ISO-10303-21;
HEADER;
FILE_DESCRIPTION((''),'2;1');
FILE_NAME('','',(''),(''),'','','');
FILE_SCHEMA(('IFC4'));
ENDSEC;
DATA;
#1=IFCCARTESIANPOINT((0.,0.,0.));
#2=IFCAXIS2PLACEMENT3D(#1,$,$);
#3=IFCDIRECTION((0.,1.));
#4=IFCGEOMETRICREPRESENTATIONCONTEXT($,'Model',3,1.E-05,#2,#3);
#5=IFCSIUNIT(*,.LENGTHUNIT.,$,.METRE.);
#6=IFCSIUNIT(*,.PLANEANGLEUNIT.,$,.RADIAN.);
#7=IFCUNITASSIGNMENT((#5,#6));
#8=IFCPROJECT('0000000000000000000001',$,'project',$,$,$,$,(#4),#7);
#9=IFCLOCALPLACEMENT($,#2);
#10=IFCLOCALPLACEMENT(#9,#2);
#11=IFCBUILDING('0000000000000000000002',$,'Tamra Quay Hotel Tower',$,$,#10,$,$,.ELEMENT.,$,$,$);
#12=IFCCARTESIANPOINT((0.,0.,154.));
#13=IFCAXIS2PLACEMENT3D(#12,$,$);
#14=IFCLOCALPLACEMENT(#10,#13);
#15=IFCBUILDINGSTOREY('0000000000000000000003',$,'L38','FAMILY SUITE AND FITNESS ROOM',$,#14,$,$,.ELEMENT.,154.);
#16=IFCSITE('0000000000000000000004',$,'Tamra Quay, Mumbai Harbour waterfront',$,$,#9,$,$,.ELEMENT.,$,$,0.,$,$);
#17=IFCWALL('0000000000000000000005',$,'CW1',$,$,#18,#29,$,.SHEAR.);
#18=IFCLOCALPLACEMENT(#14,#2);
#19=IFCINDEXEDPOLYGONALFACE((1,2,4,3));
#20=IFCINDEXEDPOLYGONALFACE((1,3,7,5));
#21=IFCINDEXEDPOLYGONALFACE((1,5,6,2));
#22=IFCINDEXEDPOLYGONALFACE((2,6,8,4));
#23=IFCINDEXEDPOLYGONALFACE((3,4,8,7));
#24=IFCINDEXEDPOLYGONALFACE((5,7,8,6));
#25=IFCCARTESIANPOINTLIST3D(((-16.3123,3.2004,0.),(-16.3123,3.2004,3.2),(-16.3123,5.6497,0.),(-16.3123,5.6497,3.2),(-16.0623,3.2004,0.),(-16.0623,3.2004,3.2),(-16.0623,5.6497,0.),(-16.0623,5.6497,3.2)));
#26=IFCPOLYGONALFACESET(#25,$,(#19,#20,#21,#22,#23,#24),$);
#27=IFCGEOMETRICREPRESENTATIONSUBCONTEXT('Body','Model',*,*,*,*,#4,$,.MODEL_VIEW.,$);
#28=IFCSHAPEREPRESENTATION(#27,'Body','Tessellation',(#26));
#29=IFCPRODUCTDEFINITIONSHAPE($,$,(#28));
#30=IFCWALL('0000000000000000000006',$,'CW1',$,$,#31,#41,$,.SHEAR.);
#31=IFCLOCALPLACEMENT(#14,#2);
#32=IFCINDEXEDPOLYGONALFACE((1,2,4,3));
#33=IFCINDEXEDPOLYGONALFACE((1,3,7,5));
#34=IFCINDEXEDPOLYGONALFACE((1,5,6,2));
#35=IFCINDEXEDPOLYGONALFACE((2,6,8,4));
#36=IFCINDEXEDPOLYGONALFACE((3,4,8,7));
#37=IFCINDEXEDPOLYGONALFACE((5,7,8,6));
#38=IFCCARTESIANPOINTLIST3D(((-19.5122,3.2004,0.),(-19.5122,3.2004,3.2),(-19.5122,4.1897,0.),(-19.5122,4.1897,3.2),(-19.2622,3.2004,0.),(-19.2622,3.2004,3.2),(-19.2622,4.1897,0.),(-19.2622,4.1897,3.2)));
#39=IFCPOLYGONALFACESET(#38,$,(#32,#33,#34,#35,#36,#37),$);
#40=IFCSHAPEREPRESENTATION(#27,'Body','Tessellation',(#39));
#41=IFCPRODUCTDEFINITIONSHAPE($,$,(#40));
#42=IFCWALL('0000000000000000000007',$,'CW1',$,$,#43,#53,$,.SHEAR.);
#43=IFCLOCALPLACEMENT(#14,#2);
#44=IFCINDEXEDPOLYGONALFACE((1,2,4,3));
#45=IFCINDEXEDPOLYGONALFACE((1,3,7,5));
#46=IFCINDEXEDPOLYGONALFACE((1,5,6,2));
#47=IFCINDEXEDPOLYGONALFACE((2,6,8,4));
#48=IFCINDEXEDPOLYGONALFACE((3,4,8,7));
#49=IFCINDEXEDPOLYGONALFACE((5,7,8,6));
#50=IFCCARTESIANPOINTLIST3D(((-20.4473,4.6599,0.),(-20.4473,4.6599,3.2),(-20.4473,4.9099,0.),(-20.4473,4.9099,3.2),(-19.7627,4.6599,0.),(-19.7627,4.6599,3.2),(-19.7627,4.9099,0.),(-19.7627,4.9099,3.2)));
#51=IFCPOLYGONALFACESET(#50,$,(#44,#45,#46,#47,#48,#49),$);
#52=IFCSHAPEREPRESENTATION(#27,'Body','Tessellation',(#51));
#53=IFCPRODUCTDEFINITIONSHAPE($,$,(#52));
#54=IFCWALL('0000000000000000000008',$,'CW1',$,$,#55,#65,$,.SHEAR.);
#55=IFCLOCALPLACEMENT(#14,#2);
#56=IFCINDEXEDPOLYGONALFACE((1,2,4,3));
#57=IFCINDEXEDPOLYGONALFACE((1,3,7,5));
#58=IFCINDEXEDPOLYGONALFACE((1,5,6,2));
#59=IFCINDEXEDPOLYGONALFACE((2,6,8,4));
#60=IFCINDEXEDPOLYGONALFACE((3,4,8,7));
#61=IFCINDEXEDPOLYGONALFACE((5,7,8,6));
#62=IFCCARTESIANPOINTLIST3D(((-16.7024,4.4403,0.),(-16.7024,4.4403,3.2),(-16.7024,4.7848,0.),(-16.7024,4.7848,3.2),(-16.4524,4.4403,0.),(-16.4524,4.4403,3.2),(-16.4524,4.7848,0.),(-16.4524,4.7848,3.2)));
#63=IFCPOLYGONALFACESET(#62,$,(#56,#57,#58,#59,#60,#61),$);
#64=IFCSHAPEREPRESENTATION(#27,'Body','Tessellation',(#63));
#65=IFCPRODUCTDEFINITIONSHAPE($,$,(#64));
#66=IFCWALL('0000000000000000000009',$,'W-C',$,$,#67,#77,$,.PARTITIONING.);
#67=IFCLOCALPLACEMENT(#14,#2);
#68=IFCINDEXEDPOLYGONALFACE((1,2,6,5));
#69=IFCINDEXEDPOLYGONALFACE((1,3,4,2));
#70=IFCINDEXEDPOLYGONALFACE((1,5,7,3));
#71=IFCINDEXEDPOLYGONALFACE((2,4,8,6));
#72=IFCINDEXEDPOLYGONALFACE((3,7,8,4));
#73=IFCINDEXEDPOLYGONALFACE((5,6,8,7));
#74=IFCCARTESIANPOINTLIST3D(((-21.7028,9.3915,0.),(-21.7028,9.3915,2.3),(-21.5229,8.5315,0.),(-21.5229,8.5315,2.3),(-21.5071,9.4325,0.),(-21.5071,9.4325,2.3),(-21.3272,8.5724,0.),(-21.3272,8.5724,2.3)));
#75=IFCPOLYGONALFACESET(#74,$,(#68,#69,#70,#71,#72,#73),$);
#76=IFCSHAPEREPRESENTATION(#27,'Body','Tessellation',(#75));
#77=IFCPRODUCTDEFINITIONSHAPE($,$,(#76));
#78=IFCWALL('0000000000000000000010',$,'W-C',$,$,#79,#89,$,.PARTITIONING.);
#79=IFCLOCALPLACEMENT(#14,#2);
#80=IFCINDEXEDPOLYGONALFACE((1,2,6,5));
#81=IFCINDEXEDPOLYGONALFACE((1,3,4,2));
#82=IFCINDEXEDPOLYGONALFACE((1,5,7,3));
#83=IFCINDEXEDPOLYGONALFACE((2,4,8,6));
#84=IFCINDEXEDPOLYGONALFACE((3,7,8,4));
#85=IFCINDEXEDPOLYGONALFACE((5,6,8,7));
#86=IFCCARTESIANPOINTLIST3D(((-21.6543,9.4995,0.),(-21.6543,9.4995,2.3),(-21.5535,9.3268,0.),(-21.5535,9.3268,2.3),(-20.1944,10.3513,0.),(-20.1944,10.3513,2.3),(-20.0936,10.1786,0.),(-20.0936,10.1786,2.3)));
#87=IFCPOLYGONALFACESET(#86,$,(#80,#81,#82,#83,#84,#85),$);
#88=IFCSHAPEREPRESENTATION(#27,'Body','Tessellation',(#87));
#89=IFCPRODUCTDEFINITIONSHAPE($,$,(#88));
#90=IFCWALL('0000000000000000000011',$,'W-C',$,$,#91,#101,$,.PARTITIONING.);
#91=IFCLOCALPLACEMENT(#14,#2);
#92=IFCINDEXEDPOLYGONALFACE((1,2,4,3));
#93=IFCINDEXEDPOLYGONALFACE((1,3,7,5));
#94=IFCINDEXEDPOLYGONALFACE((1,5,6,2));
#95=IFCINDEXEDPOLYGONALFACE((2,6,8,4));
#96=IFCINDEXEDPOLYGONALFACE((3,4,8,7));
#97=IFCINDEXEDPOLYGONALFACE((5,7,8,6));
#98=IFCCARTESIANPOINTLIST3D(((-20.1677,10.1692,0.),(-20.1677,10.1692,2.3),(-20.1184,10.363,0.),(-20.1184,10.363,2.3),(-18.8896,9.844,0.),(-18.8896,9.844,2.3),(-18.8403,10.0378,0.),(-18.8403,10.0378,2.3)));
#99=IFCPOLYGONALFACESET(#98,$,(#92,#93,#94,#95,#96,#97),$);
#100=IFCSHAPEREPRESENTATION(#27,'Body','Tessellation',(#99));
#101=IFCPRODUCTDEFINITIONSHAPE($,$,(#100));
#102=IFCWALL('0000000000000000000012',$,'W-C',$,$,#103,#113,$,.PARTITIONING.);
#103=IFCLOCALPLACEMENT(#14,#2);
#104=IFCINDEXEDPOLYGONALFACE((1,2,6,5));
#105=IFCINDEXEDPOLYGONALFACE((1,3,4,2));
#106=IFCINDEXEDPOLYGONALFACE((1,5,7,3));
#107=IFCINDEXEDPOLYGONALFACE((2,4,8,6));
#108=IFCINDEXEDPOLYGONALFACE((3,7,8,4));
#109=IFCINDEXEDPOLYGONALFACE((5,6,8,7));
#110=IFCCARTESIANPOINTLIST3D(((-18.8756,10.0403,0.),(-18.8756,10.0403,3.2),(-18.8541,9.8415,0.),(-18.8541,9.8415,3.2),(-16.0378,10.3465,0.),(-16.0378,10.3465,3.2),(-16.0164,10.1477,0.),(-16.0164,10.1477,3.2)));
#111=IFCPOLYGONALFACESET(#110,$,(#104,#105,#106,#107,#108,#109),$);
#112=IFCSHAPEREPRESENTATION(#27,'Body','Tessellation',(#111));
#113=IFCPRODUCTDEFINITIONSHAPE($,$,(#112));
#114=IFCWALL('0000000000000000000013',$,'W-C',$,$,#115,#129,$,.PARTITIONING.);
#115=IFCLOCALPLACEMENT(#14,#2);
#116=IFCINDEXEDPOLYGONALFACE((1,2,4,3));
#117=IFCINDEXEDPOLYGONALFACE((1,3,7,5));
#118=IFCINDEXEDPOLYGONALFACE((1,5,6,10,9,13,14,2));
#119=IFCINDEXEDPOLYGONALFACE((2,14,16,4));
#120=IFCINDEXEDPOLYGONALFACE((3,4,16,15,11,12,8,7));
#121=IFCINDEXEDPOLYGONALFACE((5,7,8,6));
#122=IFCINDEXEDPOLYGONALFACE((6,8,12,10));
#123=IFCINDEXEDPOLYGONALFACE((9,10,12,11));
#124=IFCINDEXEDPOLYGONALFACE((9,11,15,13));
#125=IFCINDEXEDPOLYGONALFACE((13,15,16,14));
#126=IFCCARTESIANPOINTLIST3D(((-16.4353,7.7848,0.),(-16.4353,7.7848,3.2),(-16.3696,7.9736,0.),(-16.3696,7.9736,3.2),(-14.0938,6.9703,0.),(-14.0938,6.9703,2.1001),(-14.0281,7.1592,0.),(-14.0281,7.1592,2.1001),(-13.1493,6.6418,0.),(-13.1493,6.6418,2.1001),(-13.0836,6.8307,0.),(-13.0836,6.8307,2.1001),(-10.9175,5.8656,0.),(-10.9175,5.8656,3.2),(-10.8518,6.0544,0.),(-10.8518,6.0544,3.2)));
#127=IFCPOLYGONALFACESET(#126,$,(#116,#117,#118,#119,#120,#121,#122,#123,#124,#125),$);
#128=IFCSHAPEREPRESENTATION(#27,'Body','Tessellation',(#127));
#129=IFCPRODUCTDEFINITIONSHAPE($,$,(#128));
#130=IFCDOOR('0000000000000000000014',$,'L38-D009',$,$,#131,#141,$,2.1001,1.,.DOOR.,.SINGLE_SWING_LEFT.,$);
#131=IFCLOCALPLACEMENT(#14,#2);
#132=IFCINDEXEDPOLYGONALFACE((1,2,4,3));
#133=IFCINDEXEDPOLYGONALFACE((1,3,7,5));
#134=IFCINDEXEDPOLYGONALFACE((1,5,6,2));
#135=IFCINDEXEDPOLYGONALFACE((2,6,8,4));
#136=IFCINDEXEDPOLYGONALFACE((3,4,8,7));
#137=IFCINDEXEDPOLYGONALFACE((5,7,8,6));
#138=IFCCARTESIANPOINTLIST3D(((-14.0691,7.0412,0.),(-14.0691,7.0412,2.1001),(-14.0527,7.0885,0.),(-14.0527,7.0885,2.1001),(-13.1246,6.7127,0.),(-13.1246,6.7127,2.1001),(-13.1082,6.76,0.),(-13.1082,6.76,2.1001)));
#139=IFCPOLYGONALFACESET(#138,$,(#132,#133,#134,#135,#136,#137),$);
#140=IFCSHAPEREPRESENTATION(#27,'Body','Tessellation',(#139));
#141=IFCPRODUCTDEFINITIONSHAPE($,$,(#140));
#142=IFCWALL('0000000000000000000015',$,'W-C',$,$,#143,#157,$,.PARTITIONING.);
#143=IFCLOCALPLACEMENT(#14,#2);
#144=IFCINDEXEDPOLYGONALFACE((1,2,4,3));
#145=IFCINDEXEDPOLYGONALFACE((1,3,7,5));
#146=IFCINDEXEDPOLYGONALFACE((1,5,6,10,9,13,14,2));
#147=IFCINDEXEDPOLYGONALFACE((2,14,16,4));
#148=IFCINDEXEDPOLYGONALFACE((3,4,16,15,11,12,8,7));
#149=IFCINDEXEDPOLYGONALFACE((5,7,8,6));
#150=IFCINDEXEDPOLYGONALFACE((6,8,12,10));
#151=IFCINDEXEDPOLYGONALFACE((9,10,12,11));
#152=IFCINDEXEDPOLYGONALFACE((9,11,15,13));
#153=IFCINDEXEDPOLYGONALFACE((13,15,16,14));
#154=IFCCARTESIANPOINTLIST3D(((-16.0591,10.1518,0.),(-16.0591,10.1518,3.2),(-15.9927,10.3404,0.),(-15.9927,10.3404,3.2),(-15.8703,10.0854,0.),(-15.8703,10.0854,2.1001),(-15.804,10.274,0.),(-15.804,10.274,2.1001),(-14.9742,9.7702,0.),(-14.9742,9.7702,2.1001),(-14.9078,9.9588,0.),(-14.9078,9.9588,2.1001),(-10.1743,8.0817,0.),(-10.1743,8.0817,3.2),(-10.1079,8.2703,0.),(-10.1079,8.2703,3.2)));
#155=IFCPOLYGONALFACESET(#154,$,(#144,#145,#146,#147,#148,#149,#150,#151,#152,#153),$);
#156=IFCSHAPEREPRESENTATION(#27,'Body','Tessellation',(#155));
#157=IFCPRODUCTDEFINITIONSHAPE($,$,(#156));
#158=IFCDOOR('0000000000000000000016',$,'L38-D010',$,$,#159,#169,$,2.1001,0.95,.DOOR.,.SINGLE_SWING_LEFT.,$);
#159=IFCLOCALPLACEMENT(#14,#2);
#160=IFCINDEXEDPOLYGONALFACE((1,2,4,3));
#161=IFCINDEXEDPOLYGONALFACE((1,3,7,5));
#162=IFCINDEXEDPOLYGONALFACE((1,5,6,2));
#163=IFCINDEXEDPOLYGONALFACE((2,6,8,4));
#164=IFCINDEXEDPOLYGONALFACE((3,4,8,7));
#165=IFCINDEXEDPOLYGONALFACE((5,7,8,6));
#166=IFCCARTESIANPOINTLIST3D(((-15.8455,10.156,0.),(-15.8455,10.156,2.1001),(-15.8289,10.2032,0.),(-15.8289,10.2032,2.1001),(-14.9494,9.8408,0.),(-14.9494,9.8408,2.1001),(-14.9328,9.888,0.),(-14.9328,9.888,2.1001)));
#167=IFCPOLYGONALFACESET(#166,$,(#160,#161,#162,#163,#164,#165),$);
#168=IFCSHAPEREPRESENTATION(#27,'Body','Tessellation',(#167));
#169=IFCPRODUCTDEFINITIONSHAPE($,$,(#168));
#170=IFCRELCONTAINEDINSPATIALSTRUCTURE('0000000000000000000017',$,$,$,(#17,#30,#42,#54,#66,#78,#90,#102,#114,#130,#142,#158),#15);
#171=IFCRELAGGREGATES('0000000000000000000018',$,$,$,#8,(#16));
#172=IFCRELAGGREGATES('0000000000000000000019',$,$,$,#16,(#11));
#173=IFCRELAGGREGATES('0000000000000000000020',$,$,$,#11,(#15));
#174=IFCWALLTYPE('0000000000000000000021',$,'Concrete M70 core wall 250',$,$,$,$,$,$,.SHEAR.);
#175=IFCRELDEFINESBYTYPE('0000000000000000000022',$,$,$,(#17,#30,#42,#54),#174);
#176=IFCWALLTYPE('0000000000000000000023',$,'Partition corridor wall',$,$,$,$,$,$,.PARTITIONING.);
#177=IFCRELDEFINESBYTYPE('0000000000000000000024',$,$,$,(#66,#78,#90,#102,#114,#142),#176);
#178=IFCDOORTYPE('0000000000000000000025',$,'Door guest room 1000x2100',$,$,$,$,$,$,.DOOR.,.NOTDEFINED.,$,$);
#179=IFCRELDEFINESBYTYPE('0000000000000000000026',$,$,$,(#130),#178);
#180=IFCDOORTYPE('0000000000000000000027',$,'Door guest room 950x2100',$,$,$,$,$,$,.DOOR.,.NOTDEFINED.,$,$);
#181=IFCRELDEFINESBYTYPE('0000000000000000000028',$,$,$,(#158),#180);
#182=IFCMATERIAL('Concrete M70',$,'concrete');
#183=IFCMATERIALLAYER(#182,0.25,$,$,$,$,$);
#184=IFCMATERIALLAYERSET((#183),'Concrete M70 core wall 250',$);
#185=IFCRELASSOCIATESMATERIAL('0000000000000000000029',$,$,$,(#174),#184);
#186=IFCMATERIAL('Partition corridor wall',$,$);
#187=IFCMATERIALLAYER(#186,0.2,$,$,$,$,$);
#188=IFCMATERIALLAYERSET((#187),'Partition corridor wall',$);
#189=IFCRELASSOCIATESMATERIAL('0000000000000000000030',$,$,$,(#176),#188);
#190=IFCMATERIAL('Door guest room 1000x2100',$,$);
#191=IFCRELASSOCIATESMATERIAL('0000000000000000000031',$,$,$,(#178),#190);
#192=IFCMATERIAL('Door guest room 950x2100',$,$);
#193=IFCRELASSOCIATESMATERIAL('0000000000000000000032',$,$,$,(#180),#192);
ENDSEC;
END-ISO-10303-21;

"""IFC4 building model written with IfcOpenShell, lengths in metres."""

from ifc_helpers import new_model, si_unit, direction, frame, frame_2d, origin, place, context, subcontext, project, spatial, rectangle, extrude, material, layer, layer_set, type_object, element, fill, save


model = new_model("IFC4")

# Units and contexts
model_context = context("Model", 3, precision=1e-05, world=origin(), true_north=direction((0.0, 1.0)))
body_context = subcontext(model_context, "Body", "Model", "MODEL_VIEW")
ifc_project = project(units=[si_unit("LENGTHUNIT", "METRE"), si_unit("PLANEANGLEUNIT", "RADIAN")], contexts=[model_context])

# Site, building, storey
site_placement = place(None, origin())
site = spatial("IfcSite", under=ifc_project, at=site_placement, Name="Tamra Quay, Mumbai Harbour waterfront", CompositionType="ELEMENT", RefElevation=0.0)
building_placement = place(site_placement, origin())
building = spatial("IfcBuilding", under=site, at=building_placement, Name="Tamra Quay Hotel Tower", CompositionType="ELEMENT")
storey_placement = place(building_placement, frame((0.0, 0.0, 154.0)))
storey = spatial("IfcBuildingStorey", under=building, at=storey_placement, Name="L38", Description="FAMILY SUITE AND FITNESS ROOM", CompositionType="ELEMENT", Elevation=154.0)

# Shared definitions
ifc_material_1 = material(Name="Concrete M70", Category="concrete")

# Walls
ifc_layer_1 = layer(ifc_material_1, 0.25)
ifc_layer_set_1 = layer_set([ifc_layer_1], Name="Concrete M70 core wall 250")
wall_type_1 = type_object("IfcWallType", Name="Concrete M70 core wall 250", PredefinedType="SHEAR", material=ifc_layer_set_1)
wall_1_placement = place(storey_placement, frame((-16.1873, 3.2004, 0.0), z_axis=(0.0, 0.0, 1.0), x_axis=(0.0, 1.0, 0.0)))
element("IfcWall", 1, at=wall_1_placement, inside=storey, type_object=wall_type_1, Name="CW1", PredefinedType="SHEAR", context=body_context, shape_type="SweptSolid", body=[
    extrude(rectangle(XDim=2.4492, YDim=0.25, at=frame_2d((1.2246, 0.0))), origin(), (0.0, 0.0, 1.0), 3.2),
])
wall_2_placement = place(storey_placement, frame((-19.3872, 4.1897, 0.0), z_axis=(0.0, 0.0, 1.0), x_axis=(0.0, -1.0, 0.0)))
element("IfcWall", 2, at=wall_2_placement, inside=storey, type_object=wall_type_1, Name="CW1", PredefinedType="SHEAR", context=body_context, shape_type="SweptSolid", body=[
    extrude(rectangle(XDim=0.9893, YDim=0.25, at=frame_2d((0.4946, 0.0))), origin(), (0.0, 0.0, 1.0), 3.2),
])
wall_3_placement = place(storey_placement, frame((-20.4473, 4.7849, 0.0), z_axis=(0.0, 0.0, 1.0), x_axis=(1.0, 0.0, 0.0)))
element("IfcWall", 3, at=wall_3_placement, inside=storey, type_object=wall_type_1, Name="CW1", PredefinedType="SHEAR", context=body_context, shape_type="SweptSolid", body=[
    extrude(rectangle(XDim=0.6846, YDim=0.25, at=frame_2d((0.3423, 0.0))), origin(), (0.0, 0.0, 1.0), 3.2),
])
wall_4_placement = place(storey_placement, frame((-16.5774, 4.7849, 0.0), z_axis=(0.0, 0.0, 1.0), x_axis=(0.0, -1.0, 0.0)))
element("IfcWall", 4, at=wall_4_placement, inside=storey, type_object=wall_type_1, Name="CW1", PredefinedType="SHEAR", context=body_context, shape_type="SweptSolid", body=[
    extrude(rectangle(XDim=0.3445, YDim=0.25, at=frame_2d((0.1724, 0.0))), origin(), (0.0, 0.0, 1.0), 3.2),
])
ifc_material_2 = material(Name="Partition corridor wall")
ifc_layer_2 = layer(ifc_material_2, 0.2)
ifc_layer_set_2 = layer_set([ifc_layer_2], Name="Partition corridor wall")
wall_type_2 = type_object("IfcWallType", Name="Partition corridor wall", PredefinedType="PARTITIONING", material=ifc_layer_set_2)
wall_5_placement = place(storey_placement, frame((-21.605, 9.4121, 0.0), z_axis=(0.0, 0.0, 1.0), x_axis=(0.204764, -0.978811, 0.0)))
element("IfcWall", 5, at=wall_5_placement, inside=storey, type_object=wall_type_2, Name="W-C", PredefinedType="PARTITIONING", context=body_context, shape_type="SweptSolid", body=[
    extrude(rectangle(XDim=0.8787, YDim=0.2, at=frame_2d((0.4395, 0.0))), origin(), (0.0, 0.0, 1.0), 2.3),
])
wall_6_placement = place(storey_placement, frame((-21.604, 9.4131, 0.0), z_axis=(0.0, 0.0, 1.0), x_axis=(0.863737, 0.503943, 0.0)))
element("IfcWall", 6, at=wall_6_placement, inside=storey, type_object=wall_type_2, Name="W-C", PredefinedType="PARTITIONING", context=body_context, shape_type="SweptSolid", body=[
    extrude(rectangle(XDim=1.6902, YDim=0.2, at=frame_2d((0.8452, 0.0))), origin(), (0.0, 0.0, 1.0), 2.3),
])
wall_7_placement = place(storey_placement, frame((-20.1431, 10.2661, 0.0), z_axis=(0.0, 0.0, 1.0), x_axis=(0.969121, -0.246584, 0.0)))
element("IfcWall", 7, at=wall_7_placement, inside=storey, type_object=wall_type_2, Name="W-C", PredefinedType="PARTITIONING", context=body_context, shape_type="SweptSolid", body=[
    extrude(rectangle(XDim=1.3188, YDim=0.2, at=frame_2d((0.6594, 0.0))), origin(), (0.0, 0.0, 1.0), 2.3),
])
wall_8_placement = place(storey_placement, frame((-18.865, 9.9409, 0.0), z_axis=(0.0, 0.0, 1.0), x_axis=(0.994231, 0.107258, 0.0)))
element("IfcWall", 8, at=wall_8_placement, inside=storey, type_object=wall_type_2, Name="W-C", PredefinedType="PARTITIONING", context=body_context, shape_type="SweptSolid", body=[
    extrude(rectangle(XDim=2.8542, YDim=0.2, at=frame_2d((1.4272, 0.0))), origin(), (0.0, 0.0, 1.0), 3.2),
])

# Walls, openings, doors
wall_9_placement = place(storey_placement, frame((-16.4023, 7.8792, 0.0), z_axis=(0.0, 0.0, 1.0), x_axis=(0.9445, -0.328513, 0.0)))
wall_9 = element("IfcWall", 9, at=wall_9_placement, inside=storey, type_object=wall_type_2, Name="W-C", PredefinedType="PARTITIONING", context=body_context, shape_type="SweptSolid", body=[
    extrude(rectangle(XDim=5.842, YDim=0.2, at=frame_2d((2.9209, 0.0))), origin(), (0.0, 0.0, 1.0), 3.2),
])
opening_1_placement = place(wall_9_placement, frame((2.479, 0.0, 0.0)))
opening_1 = element("IfcOpeningElement", 10, at=opening_1_placement, cuts=wall_9, PredefinedType="OPENING", context=body_context, shape_type="SweptSolid", body=[
    extrude(rectangle(XDim=1.0, YDim=2.1001, at=frame_2d((0.5, 1.05))), frame((0.0, 0.1099, 0.0), z_axis=(0.0, -1.0, 0.0), x_axis=(1.0, 0.0, 0.0)), (0.0, 0.0, 1.0), 0.22),
])
ifc_material_3 = material(Name="Door guest room 1000x2100")
door_type_1 = type_object("IfcDoorType", Name="Door guest room 1000x2100", OperationType="NOTDEFINED", PredefinedType="DOOR", material=ifc_material_3)
door_1_placement = place(opening_1_placement, frame((1.0, 0.0, 0.0), z_axis=(0.0, 0.0, 1.0), x_axis=(-1.0, 0.0, 0.0)))
door_1 = element("IfcDoor", 11, at=door_1_placement, inside=storey, type_object=door_type_1, Name="L38-D009", OperationType="SINGLE_SWING_LEFT", OverallHeight=2.1001, OverallWidth=1.0, PredefinedType="DOOR", context=body_context, shape_type="SweptSolid", body=[
    extrude(rectangle(XDim=1.0, YDim=2.1001, at=frame_2d((0.5, 1.05))), frame((0.0, 0.0249, 0.0), z_axis=(0.0, -1.0, 0.0), x_axis=(1.0, 0.0, 0.0)), (0.0, 0.0, 1.0), 0.05),
])
fill(opening_1, door_1)
wall_10_placement = place(storey_placement, frame((-16.0259, 10.2461, 0.0), z_axis=(0.0, 0.0, 1.0), x_axis=(0.943337, -0.331835, 0.0)))
wall_10 = element("IfcWall", 12, at=wall_10_placement, inside=storey, type_object=wall_type_2, Name="W-C", PredefinedType="PARTITIONING", context=body_context, shape_type="SweptSolid", body=[
    extrude(rectangle(XDim=6.2383, YDim=0.2, at=frame_2d((3.1191, 0.0))), origin(), (0.0, 0.0, 1.0), 3.2),
])
opening_2_placement = place(wall_10_placement, frame((0.2, 0.0, 0.0)))
opening_2 = element("IfcOpeningElement", 13, at=opening_2_placement, cuts=wall_10, PredefinedType="OPENING", context=body_context, shape_type="SweptSolid", body=[
    extrude(rectangle(XDim=0.95, YDim=2.1001, at=frame_2d((0.4751, 1.05))), frame((0.0, 0.1099, 0.0), z_axis=(0.0, -1.0, 0.0), x_axis=(1.0, 0.0, 0.0)), (0.0, 0.0, 1.0), 0.22),
])
ifc_material_4 = material(Name="Door guest room 950x2100")
door_type_2 = type_object("IfcDoorType", Name="Door guest room 950x2100", OperationType="NOTDEFINED", PredefinedType="DOOR", material=ifc_material_4)
door_2_placement = place(opening_2_placement, origin())
door_2 = element("IfcDoor", 14, at=door_2_placement, inside=storey, type_object=door_type_2, Name="L38-D010", OperationType="SINGLE_SWING_LEFT", OverallHeight=2.1001, OverallWidth=0.95, PredefinedType="DOOR", context=body_context, shape_type="SweptSolid", body=[
    extrude(rectangle(XDim=0.95, YDim=2.1001, at=frame_2d((0.4751, 1.05))), frame((0.0, 0.0249, 0.0), z_axis=(0.0, -1.0, 0.0), x_axis=(1.0, 0.0, 0.0)), (0.0, 0.0, 1.0), 0.05),
])
fill(opening_2, door_2)

save(model, "model.ifc")
